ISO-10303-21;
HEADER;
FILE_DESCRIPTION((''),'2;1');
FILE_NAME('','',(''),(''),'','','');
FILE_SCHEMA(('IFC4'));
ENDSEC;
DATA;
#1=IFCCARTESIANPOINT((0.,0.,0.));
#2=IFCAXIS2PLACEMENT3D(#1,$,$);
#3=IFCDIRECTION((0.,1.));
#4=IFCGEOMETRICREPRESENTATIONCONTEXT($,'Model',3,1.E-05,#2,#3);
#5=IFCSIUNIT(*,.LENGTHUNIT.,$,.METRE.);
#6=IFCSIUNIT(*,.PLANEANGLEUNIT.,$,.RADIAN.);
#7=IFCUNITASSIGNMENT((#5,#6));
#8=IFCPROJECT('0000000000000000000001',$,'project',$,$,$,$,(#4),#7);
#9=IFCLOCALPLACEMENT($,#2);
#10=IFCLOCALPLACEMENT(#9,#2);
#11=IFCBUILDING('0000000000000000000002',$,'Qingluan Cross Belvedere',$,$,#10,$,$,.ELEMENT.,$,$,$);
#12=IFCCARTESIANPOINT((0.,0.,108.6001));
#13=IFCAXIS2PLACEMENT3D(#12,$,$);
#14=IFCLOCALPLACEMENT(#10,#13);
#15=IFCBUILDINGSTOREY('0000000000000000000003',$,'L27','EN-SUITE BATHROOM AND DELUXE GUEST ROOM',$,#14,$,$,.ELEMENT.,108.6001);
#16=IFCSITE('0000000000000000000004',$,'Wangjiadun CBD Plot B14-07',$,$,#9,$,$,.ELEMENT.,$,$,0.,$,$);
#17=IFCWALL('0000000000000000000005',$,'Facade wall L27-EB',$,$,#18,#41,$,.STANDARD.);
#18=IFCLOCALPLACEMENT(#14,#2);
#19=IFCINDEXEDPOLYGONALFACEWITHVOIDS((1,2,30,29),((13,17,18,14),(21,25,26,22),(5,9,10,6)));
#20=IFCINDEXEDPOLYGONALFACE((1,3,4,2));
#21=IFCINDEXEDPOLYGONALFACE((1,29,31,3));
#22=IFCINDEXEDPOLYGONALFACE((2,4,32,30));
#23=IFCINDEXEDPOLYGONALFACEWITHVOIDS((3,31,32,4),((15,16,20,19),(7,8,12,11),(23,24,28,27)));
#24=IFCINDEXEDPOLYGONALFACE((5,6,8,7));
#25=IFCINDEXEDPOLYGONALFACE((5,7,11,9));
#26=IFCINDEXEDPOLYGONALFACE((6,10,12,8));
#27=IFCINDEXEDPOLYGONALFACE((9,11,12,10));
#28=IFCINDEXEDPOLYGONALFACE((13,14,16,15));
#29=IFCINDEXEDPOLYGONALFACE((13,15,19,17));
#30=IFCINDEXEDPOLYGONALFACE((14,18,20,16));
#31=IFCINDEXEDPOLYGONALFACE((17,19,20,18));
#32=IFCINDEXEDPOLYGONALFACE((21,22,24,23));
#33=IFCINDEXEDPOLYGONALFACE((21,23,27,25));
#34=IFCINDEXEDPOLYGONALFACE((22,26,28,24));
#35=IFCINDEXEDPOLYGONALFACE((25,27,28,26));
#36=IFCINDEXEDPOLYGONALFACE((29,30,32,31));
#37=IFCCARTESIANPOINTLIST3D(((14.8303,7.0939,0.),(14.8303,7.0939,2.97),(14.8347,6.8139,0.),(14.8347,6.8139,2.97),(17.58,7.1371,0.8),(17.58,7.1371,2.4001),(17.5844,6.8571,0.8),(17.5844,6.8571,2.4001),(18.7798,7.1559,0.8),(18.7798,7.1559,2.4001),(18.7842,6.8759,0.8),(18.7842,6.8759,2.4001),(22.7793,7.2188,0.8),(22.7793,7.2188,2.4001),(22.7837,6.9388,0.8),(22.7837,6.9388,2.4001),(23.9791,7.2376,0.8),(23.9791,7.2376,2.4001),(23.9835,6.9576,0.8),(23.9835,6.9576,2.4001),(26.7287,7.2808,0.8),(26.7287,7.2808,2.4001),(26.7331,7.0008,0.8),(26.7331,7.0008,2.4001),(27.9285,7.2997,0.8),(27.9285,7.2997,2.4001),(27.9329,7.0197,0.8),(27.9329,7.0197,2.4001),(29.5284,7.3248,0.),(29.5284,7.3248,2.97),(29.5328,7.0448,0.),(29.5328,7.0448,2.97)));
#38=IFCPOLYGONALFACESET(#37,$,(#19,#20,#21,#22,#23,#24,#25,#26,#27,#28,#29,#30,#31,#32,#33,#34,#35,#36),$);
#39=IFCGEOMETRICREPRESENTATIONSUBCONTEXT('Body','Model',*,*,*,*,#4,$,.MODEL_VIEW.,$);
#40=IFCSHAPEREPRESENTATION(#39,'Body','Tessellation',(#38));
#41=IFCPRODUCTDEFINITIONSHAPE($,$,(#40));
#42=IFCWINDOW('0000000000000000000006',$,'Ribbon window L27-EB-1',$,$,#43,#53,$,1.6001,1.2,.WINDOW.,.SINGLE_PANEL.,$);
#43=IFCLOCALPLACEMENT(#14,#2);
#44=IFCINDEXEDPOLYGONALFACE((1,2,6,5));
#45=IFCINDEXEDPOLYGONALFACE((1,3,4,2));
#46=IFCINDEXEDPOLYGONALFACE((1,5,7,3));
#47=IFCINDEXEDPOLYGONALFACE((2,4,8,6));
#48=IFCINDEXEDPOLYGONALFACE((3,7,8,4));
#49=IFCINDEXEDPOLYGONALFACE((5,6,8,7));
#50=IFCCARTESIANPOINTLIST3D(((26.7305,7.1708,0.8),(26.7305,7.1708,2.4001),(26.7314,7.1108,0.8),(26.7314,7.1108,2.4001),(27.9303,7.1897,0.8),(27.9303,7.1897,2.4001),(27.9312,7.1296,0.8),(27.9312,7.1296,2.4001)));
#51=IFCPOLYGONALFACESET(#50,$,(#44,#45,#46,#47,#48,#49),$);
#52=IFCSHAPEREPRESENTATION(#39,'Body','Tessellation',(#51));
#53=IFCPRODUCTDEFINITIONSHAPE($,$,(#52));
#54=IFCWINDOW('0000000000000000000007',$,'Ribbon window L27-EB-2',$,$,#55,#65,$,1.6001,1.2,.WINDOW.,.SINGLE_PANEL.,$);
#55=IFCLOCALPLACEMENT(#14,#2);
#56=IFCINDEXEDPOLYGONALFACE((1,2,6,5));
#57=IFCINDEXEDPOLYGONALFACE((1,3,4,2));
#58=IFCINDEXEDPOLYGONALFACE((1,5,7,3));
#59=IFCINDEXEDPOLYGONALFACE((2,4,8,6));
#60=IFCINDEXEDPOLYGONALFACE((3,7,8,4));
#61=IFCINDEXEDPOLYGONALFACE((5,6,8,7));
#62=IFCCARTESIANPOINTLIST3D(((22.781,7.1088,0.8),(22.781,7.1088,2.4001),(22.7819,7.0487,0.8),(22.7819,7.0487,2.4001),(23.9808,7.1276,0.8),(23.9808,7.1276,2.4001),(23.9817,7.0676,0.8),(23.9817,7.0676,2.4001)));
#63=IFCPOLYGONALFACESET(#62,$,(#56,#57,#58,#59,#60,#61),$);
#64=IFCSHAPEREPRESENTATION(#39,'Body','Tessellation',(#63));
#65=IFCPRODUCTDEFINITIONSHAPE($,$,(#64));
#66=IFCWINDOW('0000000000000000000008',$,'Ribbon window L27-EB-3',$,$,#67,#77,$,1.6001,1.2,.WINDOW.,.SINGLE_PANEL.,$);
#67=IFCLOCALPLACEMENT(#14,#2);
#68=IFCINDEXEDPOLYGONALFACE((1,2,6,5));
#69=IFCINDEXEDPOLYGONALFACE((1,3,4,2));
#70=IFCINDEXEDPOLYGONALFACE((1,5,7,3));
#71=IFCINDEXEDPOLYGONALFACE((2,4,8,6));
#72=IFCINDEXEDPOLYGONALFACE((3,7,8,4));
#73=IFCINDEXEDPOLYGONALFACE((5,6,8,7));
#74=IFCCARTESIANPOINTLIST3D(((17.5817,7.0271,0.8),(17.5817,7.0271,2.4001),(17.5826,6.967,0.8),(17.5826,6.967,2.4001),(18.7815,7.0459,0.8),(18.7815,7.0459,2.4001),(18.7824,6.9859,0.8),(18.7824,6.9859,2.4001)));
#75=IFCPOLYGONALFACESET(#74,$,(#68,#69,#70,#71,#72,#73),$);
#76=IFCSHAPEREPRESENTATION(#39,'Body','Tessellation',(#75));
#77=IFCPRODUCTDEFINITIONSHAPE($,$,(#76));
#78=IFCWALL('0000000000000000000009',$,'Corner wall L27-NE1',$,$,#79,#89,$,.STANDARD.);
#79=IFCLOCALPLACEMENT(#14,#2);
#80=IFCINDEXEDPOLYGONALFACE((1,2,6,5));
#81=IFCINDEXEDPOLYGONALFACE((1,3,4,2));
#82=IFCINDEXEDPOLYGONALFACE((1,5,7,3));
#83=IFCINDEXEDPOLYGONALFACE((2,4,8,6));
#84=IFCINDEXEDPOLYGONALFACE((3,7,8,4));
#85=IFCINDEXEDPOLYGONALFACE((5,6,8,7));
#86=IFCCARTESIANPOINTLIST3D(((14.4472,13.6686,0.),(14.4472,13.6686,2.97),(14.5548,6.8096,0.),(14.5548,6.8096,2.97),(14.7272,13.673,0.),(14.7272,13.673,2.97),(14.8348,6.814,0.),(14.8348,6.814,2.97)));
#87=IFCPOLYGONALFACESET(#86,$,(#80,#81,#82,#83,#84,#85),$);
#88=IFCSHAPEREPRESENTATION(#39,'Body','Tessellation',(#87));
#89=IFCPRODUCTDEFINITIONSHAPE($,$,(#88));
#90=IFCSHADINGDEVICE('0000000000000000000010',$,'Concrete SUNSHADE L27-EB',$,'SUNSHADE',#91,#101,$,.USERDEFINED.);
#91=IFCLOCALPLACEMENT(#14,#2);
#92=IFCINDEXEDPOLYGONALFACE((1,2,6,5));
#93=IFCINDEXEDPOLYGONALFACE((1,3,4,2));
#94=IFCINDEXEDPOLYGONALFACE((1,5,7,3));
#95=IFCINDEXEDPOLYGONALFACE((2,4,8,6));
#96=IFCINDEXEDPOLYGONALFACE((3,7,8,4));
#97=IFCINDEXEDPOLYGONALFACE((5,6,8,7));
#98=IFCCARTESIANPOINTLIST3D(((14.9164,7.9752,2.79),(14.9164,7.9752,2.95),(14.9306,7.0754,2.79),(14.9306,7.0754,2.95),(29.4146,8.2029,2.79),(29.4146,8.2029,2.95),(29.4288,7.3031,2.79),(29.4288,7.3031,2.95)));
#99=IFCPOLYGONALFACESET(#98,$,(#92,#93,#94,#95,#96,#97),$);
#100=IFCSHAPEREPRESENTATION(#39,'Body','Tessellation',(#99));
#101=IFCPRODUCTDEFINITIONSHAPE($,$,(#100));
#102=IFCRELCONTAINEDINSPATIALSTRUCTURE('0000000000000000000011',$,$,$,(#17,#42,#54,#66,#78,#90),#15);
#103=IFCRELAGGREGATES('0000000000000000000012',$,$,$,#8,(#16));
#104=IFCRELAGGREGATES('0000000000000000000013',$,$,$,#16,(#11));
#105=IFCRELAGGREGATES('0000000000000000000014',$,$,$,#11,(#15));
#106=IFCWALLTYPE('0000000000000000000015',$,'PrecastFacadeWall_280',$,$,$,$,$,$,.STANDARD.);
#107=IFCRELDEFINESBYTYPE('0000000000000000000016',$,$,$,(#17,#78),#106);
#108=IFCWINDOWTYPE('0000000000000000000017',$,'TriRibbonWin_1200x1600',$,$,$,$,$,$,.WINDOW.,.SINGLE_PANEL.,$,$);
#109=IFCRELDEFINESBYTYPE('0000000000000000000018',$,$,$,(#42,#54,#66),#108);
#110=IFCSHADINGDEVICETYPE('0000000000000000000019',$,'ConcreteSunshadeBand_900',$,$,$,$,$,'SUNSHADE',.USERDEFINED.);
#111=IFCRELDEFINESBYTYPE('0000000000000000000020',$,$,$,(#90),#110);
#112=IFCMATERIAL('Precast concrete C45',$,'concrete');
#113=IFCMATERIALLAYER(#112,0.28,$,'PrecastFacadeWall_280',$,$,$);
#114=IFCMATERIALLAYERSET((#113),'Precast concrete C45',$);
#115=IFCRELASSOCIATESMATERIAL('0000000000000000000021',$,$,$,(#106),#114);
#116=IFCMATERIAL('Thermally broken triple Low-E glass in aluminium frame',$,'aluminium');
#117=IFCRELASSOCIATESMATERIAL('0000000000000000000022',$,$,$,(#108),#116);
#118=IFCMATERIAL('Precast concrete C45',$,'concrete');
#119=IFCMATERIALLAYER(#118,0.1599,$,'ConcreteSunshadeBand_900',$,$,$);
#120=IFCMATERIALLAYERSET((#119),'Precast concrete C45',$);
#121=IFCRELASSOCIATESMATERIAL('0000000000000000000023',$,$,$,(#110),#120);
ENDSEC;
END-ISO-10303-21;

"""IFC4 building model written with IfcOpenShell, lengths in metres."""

from ifc_helpers import new_model, si_unit, direction, frame, frame_2d, origin, origin_2d, place, context, subcontext, project, spatial, rectangle, extrude, material, layer, layer_set, type_object, element, fill, save


model = new_model("IFC4")

# Units and contexts
model_context = context("Model", 3, precision=1e-05, world=origin(), true_north=direction((0.0, 1.0)))
body_context = subcontext(model_context, "Body", "Model", "MODEL_VIEW")
ifc_project = project(units=[si_unit("LENGTHUNIT", "METRE"), si_unit("PLANEANGLEUNIT", "RADIAN")], contexts=[model_context])

# Site, building, storey
site_placement = place(None, origin())
site = spatial("IfcSite", under=ifc_project, at=site_placement, Name="Wangjiadun CBD Plot B14-07", CompositionType="ELEMENT", RefElevation=0.0)
building_placement = place(site_placement, origin())
building = spatial("IfcBuilding", under=site, at=building_placement, Name="Qingluan Cross Belvedere", CompositionType="ELEMENT")
storey_placement = place(building_placement, frame((0.0, 0.0, 108.6001)))
storey = spatial("IfcBuildingStorey", under=building, at=storey_placement, Name="L27", Description="EN-SUITE BATHROOM AND DELUXE GUEST ROOM", CompositionType="ELEMENT", Elevation=108.6001)

# Wall, openings, windows
ifc_material_1 = material(Name="Precast concrete C45", Category="concrete")
ifc_layer_1 = layer(ifc_material_1, 0.28, Name="PrecastFacadeWall_280")
ifc_layer_set_1 = layer_set([ifc_layer_1], Name="Precast concrete C45")
wall_type_1 = type_object("IfcWallType", Name="PrecastFacadeWall_280", PredefinedType="STANDARD", material=ifc_layer_set_1)
wall_1_placement = place(storey_placement, frame((29.5308, 7.1848, 0.0), z_axis=(0.0, 0.0, 1.0), x_axis=(-0.999877, -0.015711, 0.0)))
wall_1 = element("IfcWall", 1, at=wall_1_placement, inside=storey, type_object=wall_type_1, Name="Facade wall L27-EB", PredefinedType="STANDARD", context=body_context, shape_type="SweptSolid", body=[
    extrude(rectangle(XDim=14.7, YDim=0.28, at=frame_2d((7.3501, 0.0))), origin(), (0.0, 0.0, 1.0), 2.97),
])
opening_1_placement = place(wall_1_placement, frame((1.6001, 0.0, 0.8)))
opening_1 = element("IfcOpeningElement", 2, at=opening_1_placement, cuts=wall_1, PredefinedType="OPENING", context=body_context, shape_type="SweptSolid", body=[
    extrude(rectangle(XDim=1.2, YDim=1.6001, at=frame_2d((0.6001, 0.8))), frame((0.0, 0.1499, 0.0), z_axis=(0.0, -1.0, 0.0), x_axis=(1.0, 0.0, 0.0)), (0.0, 0.0, 1.0), 0.3),
])
opening_2_placement = place(wall_1_placement, frame((5.55, 0.0, 0.8)))
opening_2 = element("IfcOpeningElement", 3, at=opening_2_placement, cuts=wall_1, PredefinedType="OPENING", context=body_context, shape_type="SweptSolid", body=[
    extrude(rectangle(XDim=1.2, YDim=1.6001, at=frame_2d((0.6001, 0.8))), frame((0.0, 0.1499, 0.0), z_axis=(0.0, -1.0, 0.0), x_axis=(1.0, 0.0, 0.0)), (0.0, 0.0, 1.0), 0.3),
])
opening_3_placement = place(wall_1_placement, frame((10.75, 0.0, 0.8)))
opening_3 = element("IfcOpeningElement", 4, at=opening_3_placement, cuts=wall_1, PredefinedType="OPENING", context=body_context, shape_type="SweptSolid", body=[
    extrude(rectangle(XDim=1.2, YDim=1.6001, at=frame_2d((0.6001, 0.8))), frame((0.0, 0.1499, 0.0), z_axis=(0.0, -1.0, 0.0), x_axis=(1.0, 0.0, 0.0)), (0.0, 0.0, 1.0), 0.3),
])
ifc_material_2 = material(Name="Thermally broken triple Low-E glass in aluminium frame", Category="aluminium")
window_type = type_object("IfcWindowType", Name="TriRibbonWin_1200x1600", PartitioningType="SINGLE_PANEL", PredefinedType="WINDOW", material=ifc_material_2)
window_1_placement = place(opening_1_placement, origin())
window_1 = element("IfcWindow", 5, at=window_1_placement, inside=storey, type_object=window_type, Name="Ribbon window L27-EB-1", OverallHeight=1.6001, OverallWidth=1.2, PartitioningType="SINGLE_PANEL", PredefinedType="WINDOW", context=body_context, shape_type="SweptSolid", body=[
    extrude(rectangle(XDim=1.2, YDim=1.6001, at=frame_2d((0.6001, 0.8))), frame((0.0, 0.03, 0.0), z_axis=(0.0, -1.0, 0.0), x_axis=(1.0, 0.0, 0.0)), (0.0, 0.0, 1.0), 0.0601),
])
fill(opening_1, window_1)
window_2_placement = place(opening_2_placement, origin())
window_2 = element("IfcWindow", 6, at=window_2_placement, inside=storey, type_object=window_type, Name="Ribbon window L27-EB-2", OverallHeight=1.6001, OverallWidth=1.2, PartitioningType="SINGLE_PANEL", PredefinedType="WINDOW", context=body_context, shape_type="SweptSolid", body=[
    extrude(rectangle(XDim=1.2, YDim=1.6001, at=frame_2d((0.6001, 0.8))), frame((0.0, 0.03, 0.0), z_axis=(0.0, -1.0, 0.0), x_axis=(1.0, 0.0, 0.0)), (0.0, 0.0, 1.0), 0.0601),
])
fill(opening_2, window_2)
window_3_placement = place(opening_3_placement, origin())
window_3 = element("IfcWindow", 7, at=window_3_placement, inside=storey, type_object=window_type, Name="Ribbon window L27-EB-3", OverallHeight=1.6001, OverallWidth=1.2, PartitioningType="SINGLE_PANEL", PredefinedType="WINDOW", context=body_context, shape_type="SweptSolid", body=[
    extrude(rectangle(XDim=1.2, YDim=1.6001, at=frame_2d((0.6001, 0.8))), frame((0.0, 0.03, 0.0), z_axis=(0.0, -1.0, 0.0), x_axis=(1.0, 0.0, 0.0)), (0.0, 0.0, 1.0), 0.0601),
])
fill(opening_3, window_3)

# Wall
wall_2_placement = place(storey_placement, frame((14.6948, 6.8118, 0.0), z_axis=(0.0, 0.0, 1.0), x_axis=(-0.015695, 0.999877, 0.0)))
element("IfcWall", 8, at=wall_2_placement, inside=storey, type_object=wall_type_1, Name="Corner wall L27-NE1", PredefinedType="STANDARD", context=body_context, shape_type="SweptSolid", body=[
    extrude(rectangle(XDim=6.8599, YDim=0.28, at=frame_2d((3.4299, 0.0))), origin(), (0.0, 0.0, 1.0), 2.97),
])

# Shading device
ifc_material_3 = material(Name="Precast concrete C45", Category="concrete")
ifc_layer_2 = layer(ifc_material_3, 0.1599, Name="ConcreteSunshadeBand_900")
ifc_layer_set_2 = layer_set([ifc_layer_2], Name="Precast concrete C45")
shading_device_type = type_object("IfcShadingDeviceType", Name="ConcreteSunshadeBand_900", ElementType="SUNSHADE", PredefinedType="USERDEFINED", material=ifc_layer_set_2)
shading_device_placement = place(storey_placement, frame((22.1726, 7.6392, 2.79), z_axis=(0.0, 0.0, 1.0), x_axis=(-0.999877, -0.015707, 0.0)))
element("IfcShadingDevice", 9, at=shading_device_placement, inside=storey, type_object=shading_device_type, Name="Concrete SUNSHADE L27-EB", ObjectType="SUNSHADE", PredefinedType="USERDEFINED", context=body_context, shape_type="SweptSolid", body=[
    extrude(rectangle(XDim=14.5, YDim=0.8999, at=origin_2d()), origin(), (0.0, 0.0, 1.0), 0.1599),
])

save(model, "model.ifc")
